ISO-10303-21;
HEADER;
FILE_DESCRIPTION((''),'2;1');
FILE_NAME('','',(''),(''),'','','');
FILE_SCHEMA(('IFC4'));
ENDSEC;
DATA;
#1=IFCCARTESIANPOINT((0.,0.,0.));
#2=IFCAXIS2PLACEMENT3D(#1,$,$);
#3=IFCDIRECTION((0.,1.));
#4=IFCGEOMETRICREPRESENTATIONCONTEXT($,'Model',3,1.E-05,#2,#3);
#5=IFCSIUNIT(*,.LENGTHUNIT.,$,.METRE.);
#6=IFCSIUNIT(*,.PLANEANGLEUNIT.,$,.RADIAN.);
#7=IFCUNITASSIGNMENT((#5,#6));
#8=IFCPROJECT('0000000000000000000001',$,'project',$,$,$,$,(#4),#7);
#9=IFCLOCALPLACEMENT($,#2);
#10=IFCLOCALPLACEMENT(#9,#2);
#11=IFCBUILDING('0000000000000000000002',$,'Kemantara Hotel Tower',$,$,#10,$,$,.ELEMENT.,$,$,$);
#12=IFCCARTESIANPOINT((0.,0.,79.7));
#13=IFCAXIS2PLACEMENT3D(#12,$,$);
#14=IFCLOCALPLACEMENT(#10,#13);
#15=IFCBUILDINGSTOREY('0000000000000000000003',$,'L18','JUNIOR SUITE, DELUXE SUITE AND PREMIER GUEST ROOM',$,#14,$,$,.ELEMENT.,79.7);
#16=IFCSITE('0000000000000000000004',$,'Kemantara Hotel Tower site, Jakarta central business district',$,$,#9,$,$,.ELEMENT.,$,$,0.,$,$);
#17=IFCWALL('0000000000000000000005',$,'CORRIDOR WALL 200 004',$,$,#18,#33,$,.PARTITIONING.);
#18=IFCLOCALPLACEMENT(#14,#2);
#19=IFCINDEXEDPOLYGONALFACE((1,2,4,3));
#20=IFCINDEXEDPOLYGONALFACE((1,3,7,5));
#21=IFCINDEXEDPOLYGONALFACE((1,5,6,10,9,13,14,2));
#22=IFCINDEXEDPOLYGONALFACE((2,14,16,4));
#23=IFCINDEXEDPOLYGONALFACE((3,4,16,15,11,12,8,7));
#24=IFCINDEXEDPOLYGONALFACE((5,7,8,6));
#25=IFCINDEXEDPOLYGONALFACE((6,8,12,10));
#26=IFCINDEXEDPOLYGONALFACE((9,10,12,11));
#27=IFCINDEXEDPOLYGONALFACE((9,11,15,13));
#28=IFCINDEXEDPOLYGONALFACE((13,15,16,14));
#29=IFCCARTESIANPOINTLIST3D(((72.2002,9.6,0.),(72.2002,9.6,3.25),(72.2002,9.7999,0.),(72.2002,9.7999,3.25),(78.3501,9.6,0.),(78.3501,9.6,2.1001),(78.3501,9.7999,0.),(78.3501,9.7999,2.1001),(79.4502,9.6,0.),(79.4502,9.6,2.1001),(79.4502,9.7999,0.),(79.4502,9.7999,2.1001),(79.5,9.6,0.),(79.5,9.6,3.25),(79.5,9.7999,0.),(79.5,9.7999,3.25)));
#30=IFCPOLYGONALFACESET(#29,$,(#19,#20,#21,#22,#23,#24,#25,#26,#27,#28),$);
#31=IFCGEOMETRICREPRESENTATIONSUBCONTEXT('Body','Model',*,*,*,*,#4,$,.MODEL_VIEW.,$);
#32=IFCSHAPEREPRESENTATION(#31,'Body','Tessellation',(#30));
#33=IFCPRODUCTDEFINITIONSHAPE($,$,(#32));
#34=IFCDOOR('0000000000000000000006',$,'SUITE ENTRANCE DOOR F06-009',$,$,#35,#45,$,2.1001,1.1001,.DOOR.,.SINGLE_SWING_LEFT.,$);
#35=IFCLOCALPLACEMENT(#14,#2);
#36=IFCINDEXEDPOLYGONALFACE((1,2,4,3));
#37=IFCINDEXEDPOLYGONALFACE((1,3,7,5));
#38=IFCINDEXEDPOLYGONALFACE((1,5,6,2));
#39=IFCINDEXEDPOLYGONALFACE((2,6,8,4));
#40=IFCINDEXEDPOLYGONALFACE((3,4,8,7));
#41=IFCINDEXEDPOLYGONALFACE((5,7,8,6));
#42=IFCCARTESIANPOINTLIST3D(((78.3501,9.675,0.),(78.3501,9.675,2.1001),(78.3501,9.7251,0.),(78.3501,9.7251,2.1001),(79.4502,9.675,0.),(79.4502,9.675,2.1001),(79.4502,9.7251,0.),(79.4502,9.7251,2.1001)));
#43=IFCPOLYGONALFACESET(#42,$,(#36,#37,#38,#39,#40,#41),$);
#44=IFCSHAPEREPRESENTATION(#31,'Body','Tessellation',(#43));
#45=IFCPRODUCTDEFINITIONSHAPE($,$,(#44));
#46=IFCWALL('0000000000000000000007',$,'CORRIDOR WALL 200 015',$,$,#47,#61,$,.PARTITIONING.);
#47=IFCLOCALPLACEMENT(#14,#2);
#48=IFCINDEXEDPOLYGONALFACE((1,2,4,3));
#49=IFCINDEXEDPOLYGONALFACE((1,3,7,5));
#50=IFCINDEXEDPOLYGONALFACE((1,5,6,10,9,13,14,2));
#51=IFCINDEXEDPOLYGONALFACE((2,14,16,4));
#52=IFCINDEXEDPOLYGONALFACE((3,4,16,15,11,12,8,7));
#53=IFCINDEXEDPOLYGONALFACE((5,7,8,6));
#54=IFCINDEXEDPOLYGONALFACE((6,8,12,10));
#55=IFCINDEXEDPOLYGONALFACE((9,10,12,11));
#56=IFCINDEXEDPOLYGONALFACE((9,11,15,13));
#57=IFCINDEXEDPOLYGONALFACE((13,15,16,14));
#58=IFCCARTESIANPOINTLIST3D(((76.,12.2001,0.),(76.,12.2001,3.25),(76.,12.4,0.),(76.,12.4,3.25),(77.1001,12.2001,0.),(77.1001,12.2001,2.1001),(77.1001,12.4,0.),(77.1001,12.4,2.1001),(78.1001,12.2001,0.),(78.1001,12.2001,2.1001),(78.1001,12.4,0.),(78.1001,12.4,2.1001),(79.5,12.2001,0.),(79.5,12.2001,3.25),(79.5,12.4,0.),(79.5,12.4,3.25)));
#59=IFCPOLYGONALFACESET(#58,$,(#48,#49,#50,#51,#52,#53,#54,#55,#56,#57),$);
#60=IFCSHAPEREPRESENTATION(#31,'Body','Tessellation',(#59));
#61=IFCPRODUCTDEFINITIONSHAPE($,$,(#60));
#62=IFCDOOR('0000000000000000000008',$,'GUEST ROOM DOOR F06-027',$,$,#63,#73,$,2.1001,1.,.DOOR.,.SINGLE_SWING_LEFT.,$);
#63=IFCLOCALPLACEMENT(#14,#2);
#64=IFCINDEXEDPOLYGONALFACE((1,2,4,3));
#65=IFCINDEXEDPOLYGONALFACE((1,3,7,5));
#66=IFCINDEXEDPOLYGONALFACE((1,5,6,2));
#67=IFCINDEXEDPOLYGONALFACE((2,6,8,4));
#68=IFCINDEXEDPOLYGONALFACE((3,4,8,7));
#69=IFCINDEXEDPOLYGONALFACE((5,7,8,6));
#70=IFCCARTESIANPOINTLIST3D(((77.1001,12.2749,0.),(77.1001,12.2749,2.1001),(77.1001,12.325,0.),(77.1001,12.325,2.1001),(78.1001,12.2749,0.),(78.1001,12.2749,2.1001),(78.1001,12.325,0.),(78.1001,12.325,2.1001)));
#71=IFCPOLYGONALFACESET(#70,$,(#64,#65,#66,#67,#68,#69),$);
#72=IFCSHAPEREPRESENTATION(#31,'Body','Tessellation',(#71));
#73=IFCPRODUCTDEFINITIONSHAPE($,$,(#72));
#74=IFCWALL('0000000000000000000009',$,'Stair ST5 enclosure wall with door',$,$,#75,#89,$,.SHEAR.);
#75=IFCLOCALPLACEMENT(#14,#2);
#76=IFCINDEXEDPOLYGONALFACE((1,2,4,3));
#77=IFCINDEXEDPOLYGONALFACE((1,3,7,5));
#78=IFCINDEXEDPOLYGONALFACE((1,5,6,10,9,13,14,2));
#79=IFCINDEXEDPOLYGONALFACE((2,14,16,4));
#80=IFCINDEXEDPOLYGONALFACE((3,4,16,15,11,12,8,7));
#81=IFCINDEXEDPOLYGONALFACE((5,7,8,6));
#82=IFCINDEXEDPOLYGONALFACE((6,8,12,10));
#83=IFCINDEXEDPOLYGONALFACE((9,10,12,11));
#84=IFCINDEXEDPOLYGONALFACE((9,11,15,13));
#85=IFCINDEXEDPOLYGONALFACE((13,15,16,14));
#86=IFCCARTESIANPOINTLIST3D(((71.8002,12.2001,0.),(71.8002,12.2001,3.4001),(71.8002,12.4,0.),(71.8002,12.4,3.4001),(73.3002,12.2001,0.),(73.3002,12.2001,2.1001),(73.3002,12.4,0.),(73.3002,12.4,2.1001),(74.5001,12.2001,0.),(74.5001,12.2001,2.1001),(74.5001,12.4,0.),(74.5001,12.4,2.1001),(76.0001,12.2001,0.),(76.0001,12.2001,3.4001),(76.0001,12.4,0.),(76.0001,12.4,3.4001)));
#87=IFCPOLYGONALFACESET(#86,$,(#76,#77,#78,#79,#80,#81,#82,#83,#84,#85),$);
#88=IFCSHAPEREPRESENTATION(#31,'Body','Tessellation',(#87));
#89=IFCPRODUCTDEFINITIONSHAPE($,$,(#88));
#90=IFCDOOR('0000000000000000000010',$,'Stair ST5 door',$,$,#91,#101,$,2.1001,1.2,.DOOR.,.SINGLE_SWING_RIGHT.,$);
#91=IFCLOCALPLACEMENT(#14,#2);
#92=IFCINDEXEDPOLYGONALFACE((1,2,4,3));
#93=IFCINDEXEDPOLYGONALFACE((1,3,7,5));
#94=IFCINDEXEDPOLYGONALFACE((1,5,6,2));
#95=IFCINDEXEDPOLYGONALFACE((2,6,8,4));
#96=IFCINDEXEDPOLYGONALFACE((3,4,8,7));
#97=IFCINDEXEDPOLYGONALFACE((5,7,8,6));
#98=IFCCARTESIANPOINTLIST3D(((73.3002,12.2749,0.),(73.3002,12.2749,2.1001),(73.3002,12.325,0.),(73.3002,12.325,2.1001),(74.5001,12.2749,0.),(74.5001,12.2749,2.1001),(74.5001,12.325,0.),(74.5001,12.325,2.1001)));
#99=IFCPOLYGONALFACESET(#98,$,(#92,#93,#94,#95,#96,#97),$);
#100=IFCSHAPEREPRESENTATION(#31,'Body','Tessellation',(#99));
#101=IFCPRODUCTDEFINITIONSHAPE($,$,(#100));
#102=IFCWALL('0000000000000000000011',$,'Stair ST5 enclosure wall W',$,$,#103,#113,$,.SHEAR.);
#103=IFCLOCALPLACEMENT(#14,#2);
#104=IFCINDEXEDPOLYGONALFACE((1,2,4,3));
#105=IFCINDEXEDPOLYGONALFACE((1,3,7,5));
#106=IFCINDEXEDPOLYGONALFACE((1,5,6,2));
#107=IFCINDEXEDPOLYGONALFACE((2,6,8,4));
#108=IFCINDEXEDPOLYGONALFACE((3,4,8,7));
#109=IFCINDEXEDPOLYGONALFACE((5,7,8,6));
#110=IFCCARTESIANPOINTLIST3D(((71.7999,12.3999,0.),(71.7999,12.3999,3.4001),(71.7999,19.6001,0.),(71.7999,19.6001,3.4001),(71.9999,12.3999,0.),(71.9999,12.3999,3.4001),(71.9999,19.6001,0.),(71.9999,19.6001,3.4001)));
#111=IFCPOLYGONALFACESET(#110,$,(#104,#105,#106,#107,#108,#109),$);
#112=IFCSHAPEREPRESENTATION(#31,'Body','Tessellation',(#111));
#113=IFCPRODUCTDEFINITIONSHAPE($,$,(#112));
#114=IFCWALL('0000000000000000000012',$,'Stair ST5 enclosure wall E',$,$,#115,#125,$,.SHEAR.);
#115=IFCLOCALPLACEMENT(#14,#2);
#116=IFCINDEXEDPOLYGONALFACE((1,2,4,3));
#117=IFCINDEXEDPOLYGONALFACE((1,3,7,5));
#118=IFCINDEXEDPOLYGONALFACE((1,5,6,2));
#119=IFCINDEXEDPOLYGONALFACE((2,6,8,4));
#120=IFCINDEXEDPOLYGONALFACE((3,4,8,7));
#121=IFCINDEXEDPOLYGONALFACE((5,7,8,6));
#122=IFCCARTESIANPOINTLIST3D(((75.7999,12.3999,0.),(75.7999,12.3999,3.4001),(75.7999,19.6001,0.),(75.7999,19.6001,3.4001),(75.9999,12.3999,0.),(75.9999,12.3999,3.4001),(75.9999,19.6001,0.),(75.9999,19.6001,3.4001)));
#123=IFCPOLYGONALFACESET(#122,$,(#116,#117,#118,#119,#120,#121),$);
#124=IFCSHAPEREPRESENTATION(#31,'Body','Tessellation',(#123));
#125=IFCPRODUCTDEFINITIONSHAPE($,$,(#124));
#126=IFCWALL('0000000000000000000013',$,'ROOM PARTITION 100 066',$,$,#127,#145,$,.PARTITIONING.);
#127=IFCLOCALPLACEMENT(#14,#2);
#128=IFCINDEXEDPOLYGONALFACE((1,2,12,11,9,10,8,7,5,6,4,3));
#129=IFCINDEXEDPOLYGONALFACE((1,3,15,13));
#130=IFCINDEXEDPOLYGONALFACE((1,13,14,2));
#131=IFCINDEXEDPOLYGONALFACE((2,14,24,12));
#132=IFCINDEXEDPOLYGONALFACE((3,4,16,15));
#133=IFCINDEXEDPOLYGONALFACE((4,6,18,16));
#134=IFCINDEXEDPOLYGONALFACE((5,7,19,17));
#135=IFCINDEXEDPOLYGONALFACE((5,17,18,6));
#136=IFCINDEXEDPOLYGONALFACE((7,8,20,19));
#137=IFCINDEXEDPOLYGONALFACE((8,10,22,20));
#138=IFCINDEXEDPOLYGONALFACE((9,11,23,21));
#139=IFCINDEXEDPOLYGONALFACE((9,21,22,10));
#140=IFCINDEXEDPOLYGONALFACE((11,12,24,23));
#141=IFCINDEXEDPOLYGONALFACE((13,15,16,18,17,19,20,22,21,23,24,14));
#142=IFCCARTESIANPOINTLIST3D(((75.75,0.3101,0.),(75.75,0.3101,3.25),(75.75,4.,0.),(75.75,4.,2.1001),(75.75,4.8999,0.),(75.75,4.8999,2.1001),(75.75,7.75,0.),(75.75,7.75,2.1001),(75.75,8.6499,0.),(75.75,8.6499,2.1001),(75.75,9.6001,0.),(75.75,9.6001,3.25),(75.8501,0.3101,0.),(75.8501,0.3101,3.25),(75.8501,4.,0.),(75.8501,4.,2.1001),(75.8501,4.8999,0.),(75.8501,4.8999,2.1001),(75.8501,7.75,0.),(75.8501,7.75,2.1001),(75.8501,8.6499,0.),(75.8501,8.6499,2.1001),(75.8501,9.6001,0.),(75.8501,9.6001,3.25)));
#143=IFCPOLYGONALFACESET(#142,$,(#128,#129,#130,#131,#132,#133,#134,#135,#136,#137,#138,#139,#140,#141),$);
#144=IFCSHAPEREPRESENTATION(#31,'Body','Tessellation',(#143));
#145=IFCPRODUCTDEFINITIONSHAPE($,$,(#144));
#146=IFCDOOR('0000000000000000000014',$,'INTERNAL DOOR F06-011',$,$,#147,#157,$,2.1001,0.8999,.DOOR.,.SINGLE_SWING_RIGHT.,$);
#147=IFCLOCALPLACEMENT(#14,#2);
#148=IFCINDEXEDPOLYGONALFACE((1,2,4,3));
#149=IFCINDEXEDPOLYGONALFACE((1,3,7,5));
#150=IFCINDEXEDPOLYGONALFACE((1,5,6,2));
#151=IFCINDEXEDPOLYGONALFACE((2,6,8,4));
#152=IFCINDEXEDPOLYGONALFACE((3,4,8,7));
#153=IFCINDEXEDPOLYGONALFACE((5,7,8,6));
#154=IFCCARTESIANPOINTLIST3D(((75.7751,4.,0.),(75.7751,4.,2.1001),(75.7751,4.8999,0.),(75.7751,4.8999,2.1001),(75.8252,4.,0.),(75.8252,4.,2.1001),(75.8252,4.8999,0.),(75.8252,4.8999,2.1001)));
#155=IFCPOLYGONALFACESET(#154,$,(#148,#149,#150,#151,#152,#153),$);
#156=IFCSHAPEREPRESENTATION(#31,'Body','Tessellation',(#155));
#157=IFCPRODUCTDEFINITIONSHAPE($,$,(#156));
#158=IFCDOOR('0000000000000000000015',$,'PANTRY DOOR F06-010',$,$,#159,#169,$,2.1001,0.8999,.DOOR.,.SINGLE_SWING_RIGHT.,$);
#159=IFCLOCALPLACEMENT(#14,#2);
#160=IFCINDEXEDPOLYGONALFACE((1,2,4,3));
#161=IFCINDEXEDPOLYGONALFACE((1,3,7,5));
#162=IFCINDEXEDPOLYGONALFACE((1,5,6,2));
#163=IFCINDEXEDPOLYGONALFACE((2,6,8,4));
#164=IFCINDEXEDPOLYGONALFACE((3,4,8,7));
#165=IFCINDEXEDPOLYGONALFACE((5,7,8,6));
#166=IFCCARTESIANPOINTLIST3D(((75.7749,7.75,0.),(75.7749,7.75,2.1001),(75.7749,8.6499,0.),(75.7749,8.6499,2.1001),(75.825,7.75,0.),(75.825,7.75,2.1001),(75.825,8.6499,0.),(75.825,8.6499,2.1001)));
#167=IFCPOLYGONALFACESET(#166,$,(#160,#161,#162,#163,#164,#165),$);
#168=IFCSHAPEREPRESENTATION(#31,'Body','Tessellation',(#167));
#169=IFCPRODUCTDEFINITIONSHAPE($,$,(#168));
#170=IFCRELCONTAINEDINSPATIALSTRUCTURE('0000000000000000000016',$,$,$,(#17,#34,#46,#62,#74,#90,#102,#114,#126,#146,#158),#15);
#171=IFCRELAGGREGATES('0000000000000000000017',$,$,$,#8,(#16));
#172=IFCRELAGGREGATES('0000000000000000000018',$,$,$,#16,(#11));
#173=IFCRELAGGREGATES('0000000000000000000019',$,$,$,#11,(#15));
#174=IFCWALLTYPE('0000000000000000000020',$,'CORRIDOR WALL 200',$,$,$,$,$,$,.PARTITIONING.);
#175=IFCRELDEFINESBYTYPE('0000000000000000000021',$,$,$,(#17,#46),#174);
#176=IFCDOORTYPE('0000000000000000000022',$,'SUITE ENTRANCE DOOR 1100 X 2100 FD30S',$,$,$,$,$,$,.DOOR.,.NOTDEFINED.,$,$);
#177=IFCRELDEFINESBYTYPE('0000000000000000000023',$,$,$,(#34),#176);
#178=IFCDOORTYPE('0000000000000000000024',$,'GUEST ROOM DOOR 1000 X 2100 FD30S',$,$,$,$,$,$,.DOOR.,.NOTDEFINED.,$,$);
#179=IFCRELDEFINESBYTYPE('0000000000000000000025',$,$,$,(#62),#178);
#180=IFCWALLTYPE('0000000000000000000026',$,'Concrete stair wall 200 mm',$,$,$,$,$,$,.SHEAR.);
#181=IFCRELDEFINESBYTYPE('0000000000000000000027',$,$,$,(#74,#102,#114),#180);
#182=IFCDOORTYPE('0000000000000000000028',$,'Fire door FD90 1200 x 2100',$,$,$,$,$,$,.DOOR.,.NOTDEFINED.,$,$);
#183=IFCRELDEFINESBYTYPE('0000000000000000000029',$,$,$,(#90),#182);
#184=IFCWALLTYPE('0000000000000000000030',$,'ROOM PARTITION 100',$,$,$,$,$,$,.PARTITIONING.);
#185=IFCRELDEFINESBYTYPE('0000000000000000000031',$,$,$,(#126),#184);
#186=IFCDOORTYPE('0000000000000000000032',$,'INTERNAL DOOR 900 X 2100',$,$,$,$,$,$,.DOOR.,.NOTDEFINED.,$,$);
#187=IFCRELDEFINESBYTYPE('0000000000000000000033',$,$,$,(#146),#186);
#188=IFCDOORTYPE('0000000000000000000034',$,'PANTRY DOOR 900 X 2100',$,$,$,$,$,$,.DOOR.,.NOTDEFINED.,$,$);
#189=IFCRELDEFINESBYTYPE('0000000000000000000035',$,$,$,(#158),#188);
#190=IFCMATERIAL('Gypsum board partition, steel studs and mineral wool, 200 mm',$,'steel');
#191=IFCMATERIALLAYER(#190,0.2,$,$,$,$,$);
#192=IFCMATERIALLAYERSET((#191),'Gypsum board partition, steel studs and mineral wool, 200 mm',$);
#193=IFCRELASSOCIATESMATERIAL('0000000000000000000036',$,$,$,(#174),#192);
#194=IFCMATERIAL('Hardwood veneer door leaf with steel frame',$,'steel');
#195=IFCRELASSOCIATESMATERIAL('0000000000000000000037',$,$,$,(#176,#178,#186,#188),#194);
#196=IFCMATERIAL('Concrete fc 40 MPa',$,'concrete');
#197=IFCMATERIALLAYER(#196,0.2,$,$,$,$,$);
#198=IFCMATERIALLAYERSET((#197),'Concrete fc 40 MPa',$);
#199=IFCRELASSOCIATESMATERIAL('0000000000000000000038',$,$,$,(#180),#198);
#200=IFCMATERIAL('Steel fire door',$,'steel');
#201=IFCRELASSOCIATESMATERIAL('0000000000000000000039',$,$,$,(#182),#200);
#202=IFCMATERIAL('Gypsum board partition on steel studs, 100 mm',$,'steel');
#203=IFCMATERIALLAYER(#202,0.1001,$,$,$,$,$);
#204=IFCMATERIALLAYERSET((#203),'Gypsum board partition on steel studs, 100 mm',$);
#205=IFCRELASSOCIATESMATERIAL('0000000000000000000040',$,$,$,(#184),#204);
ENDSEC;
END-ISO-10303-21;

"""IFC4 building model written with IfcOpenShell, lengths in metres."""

from ifc_helpers import new_model, si_unit, direction, frame, frame_2d, origin, place, context, subcontext, project, spatial, rectangle, extrude, material, layer, layer_set, type_object, element, fill, save


model = new_model("IFC4")

# Units and contexts
model_context = context("Model", 3, precision=1e-05, world=origin(), true_north=direction((0.0, 1.0)))
body_context = subcontext(model_context, "Body", "Model", "MODEL_VIEW")
ifc_project = project(units=[si_unit("LENGTHUNIT", "METRE"), si_unit("PLANEANGLEUNIT", "RADIAN")], contexts=[model_context])

# Site, building, storey
site_placement = place(None, origin())
site = spatial("IfcSite", under=ifc_project, at=site_placement, Name="Kemantara Hotel Tower site, Jakarta central business district", CompositionType="ELEMENT", RefElevation=0.0)
building_placement = place(site_placement, origin())
building = spatial("IfcBuilding", under=site, at=building_placement, Name="Kemantara Hotel Tower", CompositionType="ELEMENT")
storey_placement = place(building_placement, frame((0.0, 0.0, 79.7)))
storey = spatial("IfcBuildingStorey", under=building, at=storey_placement, Name="L18", Description="JUNIOR SUITE, DELUXE SUITE AND PREMIER GUEST ROOM", CompositionType="ELEMENT", Elevation=79.7)

# Walls, openings, doors
ifc_material_1 = material(Name="Gypsum board partition, steel studs and mineral wool, 200 mm", Category="steel")
ifc_layer_1 = layer(ifc_material_1, 0.2)
ifc_layer_set_1 = layer_set([ifc_layer_1], Name="Gypsum board partition, steel studs and mineral wool, 200 mm")
wall_type_1 = type_object("IfcWallType", Name="CORRIDOR WALL 200", PredefinedType="PARTITIONING", material=ifc_layer_set_1)
wall_1_placement = place(storey_placement, frame((79.5, 9.7, 0.0), z_axis=(0.0, 0.0, 1.0), x_axis=(-1.0, 0.0, 0.0)))
wall_1 = element("IfcWall", 1, at=wall_1_placement, inside=storey, type_object=wall_type_1, Name="CORRIDOR WALL 200 004", PredefinedType="PARTITIONING", context=body_context, shape_type="SweptSolid", body=[
    extrude(rectangle(XDim=7.2998, YDim=0.2, at=frame_2d((3.6499, 0.0))), origin(), (0.0, 0.0, 1.0), 3.25),
])
opening_1_placement = place(wall_1_placement, frame((0.0498, 0.0, 0.0)))
opening_1 = element("IfcOpeningElement", 2, at=opening_1_placement, cuts=wall_1, PredefinedType="OPENING", context=body_context, shape_type="SweptSolid", body=[
    extrude(rectangle(XDim=1.1001, YDim=2.1001, at=frame_2d((0.55, 1.05))), frame((0.0, 0.1099, 0.0), z_axis=(0.0, -1.0, 0.0), x_axis=(1.0, 0.0, 0.0)), (0.0, 0.0, 1.0), 0.22),
])
ifc_material_2 = material(Name="Hardwood veneer door leaf with steel frame", Category="steel")
door_type_1 = type_object("IfcDoorType", Name="SUITE ENTRANCE DOOR 1100 X 2100 FD30S", OperationType="NOTDEFINED", PredefinedType="DOOR", material=ifc_material_2)
door_1_placement = place(opening_1_placement, origin())
door_1 = element("IfcDoor", 3, at=door_1_placement, inside=storey, type_object=door_type_1, Name="SUITE ENTRANCE DOOR F06-009", OperationType="SINGLE_SWING_LEFT", OverallHeight=2.1001, OverallWidth=1.1001, PredefinedType="DOOR", context=body_context, shape_type="SweptSolid", body=[
    extrude(rectangle(XDim=1.1001, YDim=2.1001, at=frame_2d((0.55, 1.05))), frame((0.0, 0.0249, 0.0), z_axis=(0.0, -1.0, 0.0), x_axis=(1.0, 0.0, 0.0)), (0.0, 0.0, 1.0), 0.05),
])
fill(opening_1, door_1)
wall_2_placement = place(storey_placement, frame((76.0, 12.3, 0.0), z_axis=(0.0, 0.0, 1.0), x_axis=(1.0, 0.0, 0.0)))
wall_2 = element("IfcWall", 4, at=wall_2_placement, inside=storey, type_object=wall_type_1, Name="CORRIDOR WALL 200 015", PredefinedType="PARTITIONING", context=body_context, shape_type="SweptSolid", body=[
    extrude(rectangle(XDim=3.5, YDim=0.2, at=frame_2d((1.75, 0.0))), origin(), (0.0, 0.0, 1.0), 3.25),
])
opening_2_placement = place(wall_2_placement, frame((1.1001, 0.0, 0.0)))
opening_2 = element("IfcOpeningElement", 5, at=opening_2_placement, cuts=wall_2, PredefinedType="OPENING", context=body_context, shape_type="SweptSolid", body=[
    extrude(rectangle(XDim=1.0, YDim=2.1001, at=frame_2d((0.5, 1.05))), frame((0.0, 0.1099, 0.0), z_axis=(0.0, -1.0, 0.0), x_axis=(1.0, 0.0, 0.0)), (0.0, 0.0, 1.0), 0.22),
])
door_type_2 = type_object("IfcDoorType", Name="GUEST ROOM DOOR 1000 X 2100 FD30S", OperationType="NOTDEFINED", PredefinedType="DOOR", material=ifc_material_2)
door_2_placement = place(opening_2_placement, origin())
door_2 = element("IfcDoor", 6, at=door_2_placement, inside=storey, type_object=door_type_2, Name="GUEST ROOM DOOR F06-027", OperationType="SINGLE_SWING_LEFT", OverallHeight=2.1001, OverallWidth=1.0, PredefinedType="DOOR", context=body_context, shape_type="SweptSolid", body=[
    extrude(rectangle(XDim=1.0, YDim=2.1001, at=frame_2d((0.5, 1.05))), frame((0.0, 0.0249, 0.0), z_axis=(0.0, -1.0, 0.0), x_axis=(1.0, 0.0, 0.0)), (0.0, 0.0, 1.0), 0.05),
])
fill(opening_2, door_2)
ifc_material_3 = material(Name="Concrete fc 40 MPa", Category="concrete")
ifc_layer_2 = layer(ifc_material_3, 0.2)
ifc_layer_set_2 = layer_set([ifc_layer_2], Name="Concrete fc 40 MPa")
wall_type_2 = type_object("IfcWallType", Name="Concrete stair wall 200 mm", PredefinedType="SHEAR", material=ifc_layer_set_2)
wall_3_placement = place(storey_placement, frame((71.8, 12.3, 0.0), z_axis=(0.0, 0.0, 1.0), x_axis=(1.0, 0.0, 0.0)))
wall_3 = element("IfcWall", 7, at=wall_3_placement, inside=storey, type_object=wall_type_2, Name="Stair ST5 enclosure wall with door", PredefinedType="SHEAR", context=body_context, shape_type="SweptSolid", body=[
    extrude(rectangle(XDim=4.2, YDim=0.2, at=frame_2d((2.1001, 0.0))), origin(), (0.0, 0.0, 1.0), 3.4001),
])
opening_3_placement = place(wall_3_placement, frame((1.5, 0.0, 0.0)))
opening_3 = element("IfcOpeningElement", 8, at=opening_3_placement, cuts=wall_3, PredefinedType="OPENING", context=body_context, shape_type="SweptSolid", body=[
    extrude(rectangle(XDim=1.2, YDim=2.1001, at=frame_2d((0.6001, 1.05))), frame((0.0, 0.1099, 0.0), z_axis=(0.0, -1.0, 0.0), x_axis=(1.0, 0.0, 0.0)), (0.0, 0.0, 1.0), 0.22),
])
ifc_material_4 = material(Name="Steel fire door", Category="steel")
door_type_3 = type_object("IfcDoorType", Name="Fire door FD90 1200 x 2100", OperationType="NOTDEFINED", PredefinedType="DOOR", material=ifc_material_4)
door_3_placement = place(opening_3_placement, origin())
door_3 = element("IfcDoor", 9, at=door_3_placement, inside=storey, type_object=door_type_3, Name="Stair ST5 door", OperationType="SINGLE_SWING_RIGHT", OverallHeight=2.1001, OverallWidth=1.2, PredefinedType="DOOR", context=body_context, shape_type="SweptSolid", body=[
    extrude(rectangle(XDim=1.2, YDim=2.1001, at=frame_2d((0.6001, 1.05))), frame((0.0, 0.0249, 0.0), z_axis=(0.0, -1.0, 0.0), x_axis=(1.0, 0.0, 0.0)), (0.0, 0.0, 1.0), 0.05),
])
fill(opening_3, door_3)

# Walls
for number, where, z_axis, x_axis, name in (
    (10, (71.8999, 12.3999, 0.0), (0.0, 0.0, 1.0), (0.0, 1.0, 0.0), "Stair ST5 enclosure wall W"),
    (11, (75.8999, 12.3999, 0.0), (0.0, 0.0, 1.0), (0.0, 1.0, 0.0), "Stair ST5 enclosure wall E"),
):
    element("IfcWall", number, at=place(storey_placement, frame(where, z_axis=z_axis, x_axis=x_axis)), inside=storey, type_object=wall_type_2, Name=name, PredefinedType="SHEAR", context=body_context, shape_type="SweptSolid", body=[
        extrude(rectangle(XDim=7.2002, YDim=0.2, at=frame_2d((3.6001, 0.0))), origin(), (0.0, 0.0, 1.0), 3.4001),
    ])

# Wall, openings, doors
ifc_material_5 = material(Name="Gypsum board partition on steel studs, 100 mm", Category="steel")
ifc_layer_3 = layer(ifc_material_5, 0.1001)
ifc_layer_set_3 = layer_set([ifc_layer_3], Name="Gypsum board partition on steel studs, 100 mm")
wall_type_3 = type_object("IfcWallType", Name="ROOM PARTITION 100", PredefinedType="PARTITIONING", material=ifc_layer_set_3)
wall_4_placement = place(storey_placement, frame((75.8, 0.3101, 0.0), z_axis=(0.0, 0.0, 1.0), x_axis=(0.0, 1.0, 0.0)))
wall_4 = element("IfcWall", 12, at=wall_4_placement, inside=storey, type_object=wall_type_3, Name="ROOM PARTITION 100 066", PredefinedType="PARTITIONING", context=body_context, shape_type="SweptSolid", body=[
    extrude(rectangle(XDim=9.29, YDim=0.1001, at=frame_2d((4.645, 0.0))), origin(), (0.0, 0.0, 1.0), 3.25),
])
opening_4_placement = place(wall_4_placement, frame((7.4399, 0.0, 0.0)))
opening_4 = element("IfcOpeningElement", 13, at=opening_4_placement, cuts=wall_4, PredefinedType="OPENING", context=body_context, shape_type="SweptSolid", body=[
    extrude(rectangle(XDim=0.8999, YDim=2.1001, at=frame_2d((0.45, 1.05))), frame((0.0, 0.0601, 0.0), z_axis=(0.0, -1.0, 0.0), x_axis=(1.0, 0.0, 0.0)), (0.0, 0.0, 1.0), 0.1201),
])
opening_5_placement = place(wall_4_placement, frame((3.6899, 0.0, 0.0)))
opening_5 = element("IfcOpeningElement", 14, at=opening_5_placement, cuts=wall_4, PredefinedType="OPENING", context=body_context, shape_type="SweptSolid", body=[
    extrude(rectangle(XDim=0.8999, YDim=2.1001, at=frame_2d((0.45, 1.05))), frame((0.0, 0.0601, 0.0), z_axis=(0.0, -1.0, 0.0), x_axis=(1.0, 0.0, 0.0)), (0.0, 0.0, 1.0), 0.1201),
])
door_type_4 = type_object("IfcDoorType", Name="INTERNAL DOOR 900 X 2100", OperationType="NOTDEFINED", PredefinedType="DOOR", material=ifc_material_2)
door_4_placement = place(opening_5_placement, origin())
door_4 = element("IfcDoor", 15, at=door_4_placement, inside=storey, type_object=door_type_4, Name="INTERNAL DOOR F06-011", OperationType="SINGLE_SWING_RIGHT", OverallHeight=2.1001, OverallWidth=0.8999, PredefinedType="DOOR", context=body_context, shape_type="SweptSolid", body=[
    extrude(rectangle(XDim=0.8999, YDim=2.1001, at=frame_2d((0.45, 1.05))), frame((0.0, 0.0249, 0.0), z_axis=(0.0, -1.0, 0.0), x_axis=(1.0, 0.0, 0.0)), (0.0, 0.0, 1.0), 0.05),
])
fill(opening_5, door_4)
door_type_5 = type_object("IfcDoorType", Name="PANTRY DOOR 900 X 2100", OperationType="NOTDEFINED", PredefinedType="DOOR", material=ifc_material_2)
door_5_placement = place(opening_4_placement, frame((0.8999, 0.0, 0.0), z_axis=(0.0, 0.0, 1.0), x_axis=(-1.0, 0.0, 0.0)))
door_5 = element("IfcDoor", 16, at=door_5_placement, inside=storey, type_object=door_type_5, Name="PANTRY DOOR F06-010", OperationType="SINGLE_SWING_RIGHT", OverallHeight=2.1001, OverallWidth=0.8999, PredefinedType="DOOR", context=body_context, shape_type="SweptSolid", body=[
    extrude(rectangle(XDim=0.8999, YDim=2.1001, at=frame_2d((0.45, 1.05))), frame((0.0, 0.0249, 0.0), z_axis=(0.0, -1.0, 0.0), x_axis=(1.0, 0.0, 0.0)), (0.0, 0.0, 1.0), 0.05),
])
fill(opening_4, door_5)

save(model, "model.ifc")
